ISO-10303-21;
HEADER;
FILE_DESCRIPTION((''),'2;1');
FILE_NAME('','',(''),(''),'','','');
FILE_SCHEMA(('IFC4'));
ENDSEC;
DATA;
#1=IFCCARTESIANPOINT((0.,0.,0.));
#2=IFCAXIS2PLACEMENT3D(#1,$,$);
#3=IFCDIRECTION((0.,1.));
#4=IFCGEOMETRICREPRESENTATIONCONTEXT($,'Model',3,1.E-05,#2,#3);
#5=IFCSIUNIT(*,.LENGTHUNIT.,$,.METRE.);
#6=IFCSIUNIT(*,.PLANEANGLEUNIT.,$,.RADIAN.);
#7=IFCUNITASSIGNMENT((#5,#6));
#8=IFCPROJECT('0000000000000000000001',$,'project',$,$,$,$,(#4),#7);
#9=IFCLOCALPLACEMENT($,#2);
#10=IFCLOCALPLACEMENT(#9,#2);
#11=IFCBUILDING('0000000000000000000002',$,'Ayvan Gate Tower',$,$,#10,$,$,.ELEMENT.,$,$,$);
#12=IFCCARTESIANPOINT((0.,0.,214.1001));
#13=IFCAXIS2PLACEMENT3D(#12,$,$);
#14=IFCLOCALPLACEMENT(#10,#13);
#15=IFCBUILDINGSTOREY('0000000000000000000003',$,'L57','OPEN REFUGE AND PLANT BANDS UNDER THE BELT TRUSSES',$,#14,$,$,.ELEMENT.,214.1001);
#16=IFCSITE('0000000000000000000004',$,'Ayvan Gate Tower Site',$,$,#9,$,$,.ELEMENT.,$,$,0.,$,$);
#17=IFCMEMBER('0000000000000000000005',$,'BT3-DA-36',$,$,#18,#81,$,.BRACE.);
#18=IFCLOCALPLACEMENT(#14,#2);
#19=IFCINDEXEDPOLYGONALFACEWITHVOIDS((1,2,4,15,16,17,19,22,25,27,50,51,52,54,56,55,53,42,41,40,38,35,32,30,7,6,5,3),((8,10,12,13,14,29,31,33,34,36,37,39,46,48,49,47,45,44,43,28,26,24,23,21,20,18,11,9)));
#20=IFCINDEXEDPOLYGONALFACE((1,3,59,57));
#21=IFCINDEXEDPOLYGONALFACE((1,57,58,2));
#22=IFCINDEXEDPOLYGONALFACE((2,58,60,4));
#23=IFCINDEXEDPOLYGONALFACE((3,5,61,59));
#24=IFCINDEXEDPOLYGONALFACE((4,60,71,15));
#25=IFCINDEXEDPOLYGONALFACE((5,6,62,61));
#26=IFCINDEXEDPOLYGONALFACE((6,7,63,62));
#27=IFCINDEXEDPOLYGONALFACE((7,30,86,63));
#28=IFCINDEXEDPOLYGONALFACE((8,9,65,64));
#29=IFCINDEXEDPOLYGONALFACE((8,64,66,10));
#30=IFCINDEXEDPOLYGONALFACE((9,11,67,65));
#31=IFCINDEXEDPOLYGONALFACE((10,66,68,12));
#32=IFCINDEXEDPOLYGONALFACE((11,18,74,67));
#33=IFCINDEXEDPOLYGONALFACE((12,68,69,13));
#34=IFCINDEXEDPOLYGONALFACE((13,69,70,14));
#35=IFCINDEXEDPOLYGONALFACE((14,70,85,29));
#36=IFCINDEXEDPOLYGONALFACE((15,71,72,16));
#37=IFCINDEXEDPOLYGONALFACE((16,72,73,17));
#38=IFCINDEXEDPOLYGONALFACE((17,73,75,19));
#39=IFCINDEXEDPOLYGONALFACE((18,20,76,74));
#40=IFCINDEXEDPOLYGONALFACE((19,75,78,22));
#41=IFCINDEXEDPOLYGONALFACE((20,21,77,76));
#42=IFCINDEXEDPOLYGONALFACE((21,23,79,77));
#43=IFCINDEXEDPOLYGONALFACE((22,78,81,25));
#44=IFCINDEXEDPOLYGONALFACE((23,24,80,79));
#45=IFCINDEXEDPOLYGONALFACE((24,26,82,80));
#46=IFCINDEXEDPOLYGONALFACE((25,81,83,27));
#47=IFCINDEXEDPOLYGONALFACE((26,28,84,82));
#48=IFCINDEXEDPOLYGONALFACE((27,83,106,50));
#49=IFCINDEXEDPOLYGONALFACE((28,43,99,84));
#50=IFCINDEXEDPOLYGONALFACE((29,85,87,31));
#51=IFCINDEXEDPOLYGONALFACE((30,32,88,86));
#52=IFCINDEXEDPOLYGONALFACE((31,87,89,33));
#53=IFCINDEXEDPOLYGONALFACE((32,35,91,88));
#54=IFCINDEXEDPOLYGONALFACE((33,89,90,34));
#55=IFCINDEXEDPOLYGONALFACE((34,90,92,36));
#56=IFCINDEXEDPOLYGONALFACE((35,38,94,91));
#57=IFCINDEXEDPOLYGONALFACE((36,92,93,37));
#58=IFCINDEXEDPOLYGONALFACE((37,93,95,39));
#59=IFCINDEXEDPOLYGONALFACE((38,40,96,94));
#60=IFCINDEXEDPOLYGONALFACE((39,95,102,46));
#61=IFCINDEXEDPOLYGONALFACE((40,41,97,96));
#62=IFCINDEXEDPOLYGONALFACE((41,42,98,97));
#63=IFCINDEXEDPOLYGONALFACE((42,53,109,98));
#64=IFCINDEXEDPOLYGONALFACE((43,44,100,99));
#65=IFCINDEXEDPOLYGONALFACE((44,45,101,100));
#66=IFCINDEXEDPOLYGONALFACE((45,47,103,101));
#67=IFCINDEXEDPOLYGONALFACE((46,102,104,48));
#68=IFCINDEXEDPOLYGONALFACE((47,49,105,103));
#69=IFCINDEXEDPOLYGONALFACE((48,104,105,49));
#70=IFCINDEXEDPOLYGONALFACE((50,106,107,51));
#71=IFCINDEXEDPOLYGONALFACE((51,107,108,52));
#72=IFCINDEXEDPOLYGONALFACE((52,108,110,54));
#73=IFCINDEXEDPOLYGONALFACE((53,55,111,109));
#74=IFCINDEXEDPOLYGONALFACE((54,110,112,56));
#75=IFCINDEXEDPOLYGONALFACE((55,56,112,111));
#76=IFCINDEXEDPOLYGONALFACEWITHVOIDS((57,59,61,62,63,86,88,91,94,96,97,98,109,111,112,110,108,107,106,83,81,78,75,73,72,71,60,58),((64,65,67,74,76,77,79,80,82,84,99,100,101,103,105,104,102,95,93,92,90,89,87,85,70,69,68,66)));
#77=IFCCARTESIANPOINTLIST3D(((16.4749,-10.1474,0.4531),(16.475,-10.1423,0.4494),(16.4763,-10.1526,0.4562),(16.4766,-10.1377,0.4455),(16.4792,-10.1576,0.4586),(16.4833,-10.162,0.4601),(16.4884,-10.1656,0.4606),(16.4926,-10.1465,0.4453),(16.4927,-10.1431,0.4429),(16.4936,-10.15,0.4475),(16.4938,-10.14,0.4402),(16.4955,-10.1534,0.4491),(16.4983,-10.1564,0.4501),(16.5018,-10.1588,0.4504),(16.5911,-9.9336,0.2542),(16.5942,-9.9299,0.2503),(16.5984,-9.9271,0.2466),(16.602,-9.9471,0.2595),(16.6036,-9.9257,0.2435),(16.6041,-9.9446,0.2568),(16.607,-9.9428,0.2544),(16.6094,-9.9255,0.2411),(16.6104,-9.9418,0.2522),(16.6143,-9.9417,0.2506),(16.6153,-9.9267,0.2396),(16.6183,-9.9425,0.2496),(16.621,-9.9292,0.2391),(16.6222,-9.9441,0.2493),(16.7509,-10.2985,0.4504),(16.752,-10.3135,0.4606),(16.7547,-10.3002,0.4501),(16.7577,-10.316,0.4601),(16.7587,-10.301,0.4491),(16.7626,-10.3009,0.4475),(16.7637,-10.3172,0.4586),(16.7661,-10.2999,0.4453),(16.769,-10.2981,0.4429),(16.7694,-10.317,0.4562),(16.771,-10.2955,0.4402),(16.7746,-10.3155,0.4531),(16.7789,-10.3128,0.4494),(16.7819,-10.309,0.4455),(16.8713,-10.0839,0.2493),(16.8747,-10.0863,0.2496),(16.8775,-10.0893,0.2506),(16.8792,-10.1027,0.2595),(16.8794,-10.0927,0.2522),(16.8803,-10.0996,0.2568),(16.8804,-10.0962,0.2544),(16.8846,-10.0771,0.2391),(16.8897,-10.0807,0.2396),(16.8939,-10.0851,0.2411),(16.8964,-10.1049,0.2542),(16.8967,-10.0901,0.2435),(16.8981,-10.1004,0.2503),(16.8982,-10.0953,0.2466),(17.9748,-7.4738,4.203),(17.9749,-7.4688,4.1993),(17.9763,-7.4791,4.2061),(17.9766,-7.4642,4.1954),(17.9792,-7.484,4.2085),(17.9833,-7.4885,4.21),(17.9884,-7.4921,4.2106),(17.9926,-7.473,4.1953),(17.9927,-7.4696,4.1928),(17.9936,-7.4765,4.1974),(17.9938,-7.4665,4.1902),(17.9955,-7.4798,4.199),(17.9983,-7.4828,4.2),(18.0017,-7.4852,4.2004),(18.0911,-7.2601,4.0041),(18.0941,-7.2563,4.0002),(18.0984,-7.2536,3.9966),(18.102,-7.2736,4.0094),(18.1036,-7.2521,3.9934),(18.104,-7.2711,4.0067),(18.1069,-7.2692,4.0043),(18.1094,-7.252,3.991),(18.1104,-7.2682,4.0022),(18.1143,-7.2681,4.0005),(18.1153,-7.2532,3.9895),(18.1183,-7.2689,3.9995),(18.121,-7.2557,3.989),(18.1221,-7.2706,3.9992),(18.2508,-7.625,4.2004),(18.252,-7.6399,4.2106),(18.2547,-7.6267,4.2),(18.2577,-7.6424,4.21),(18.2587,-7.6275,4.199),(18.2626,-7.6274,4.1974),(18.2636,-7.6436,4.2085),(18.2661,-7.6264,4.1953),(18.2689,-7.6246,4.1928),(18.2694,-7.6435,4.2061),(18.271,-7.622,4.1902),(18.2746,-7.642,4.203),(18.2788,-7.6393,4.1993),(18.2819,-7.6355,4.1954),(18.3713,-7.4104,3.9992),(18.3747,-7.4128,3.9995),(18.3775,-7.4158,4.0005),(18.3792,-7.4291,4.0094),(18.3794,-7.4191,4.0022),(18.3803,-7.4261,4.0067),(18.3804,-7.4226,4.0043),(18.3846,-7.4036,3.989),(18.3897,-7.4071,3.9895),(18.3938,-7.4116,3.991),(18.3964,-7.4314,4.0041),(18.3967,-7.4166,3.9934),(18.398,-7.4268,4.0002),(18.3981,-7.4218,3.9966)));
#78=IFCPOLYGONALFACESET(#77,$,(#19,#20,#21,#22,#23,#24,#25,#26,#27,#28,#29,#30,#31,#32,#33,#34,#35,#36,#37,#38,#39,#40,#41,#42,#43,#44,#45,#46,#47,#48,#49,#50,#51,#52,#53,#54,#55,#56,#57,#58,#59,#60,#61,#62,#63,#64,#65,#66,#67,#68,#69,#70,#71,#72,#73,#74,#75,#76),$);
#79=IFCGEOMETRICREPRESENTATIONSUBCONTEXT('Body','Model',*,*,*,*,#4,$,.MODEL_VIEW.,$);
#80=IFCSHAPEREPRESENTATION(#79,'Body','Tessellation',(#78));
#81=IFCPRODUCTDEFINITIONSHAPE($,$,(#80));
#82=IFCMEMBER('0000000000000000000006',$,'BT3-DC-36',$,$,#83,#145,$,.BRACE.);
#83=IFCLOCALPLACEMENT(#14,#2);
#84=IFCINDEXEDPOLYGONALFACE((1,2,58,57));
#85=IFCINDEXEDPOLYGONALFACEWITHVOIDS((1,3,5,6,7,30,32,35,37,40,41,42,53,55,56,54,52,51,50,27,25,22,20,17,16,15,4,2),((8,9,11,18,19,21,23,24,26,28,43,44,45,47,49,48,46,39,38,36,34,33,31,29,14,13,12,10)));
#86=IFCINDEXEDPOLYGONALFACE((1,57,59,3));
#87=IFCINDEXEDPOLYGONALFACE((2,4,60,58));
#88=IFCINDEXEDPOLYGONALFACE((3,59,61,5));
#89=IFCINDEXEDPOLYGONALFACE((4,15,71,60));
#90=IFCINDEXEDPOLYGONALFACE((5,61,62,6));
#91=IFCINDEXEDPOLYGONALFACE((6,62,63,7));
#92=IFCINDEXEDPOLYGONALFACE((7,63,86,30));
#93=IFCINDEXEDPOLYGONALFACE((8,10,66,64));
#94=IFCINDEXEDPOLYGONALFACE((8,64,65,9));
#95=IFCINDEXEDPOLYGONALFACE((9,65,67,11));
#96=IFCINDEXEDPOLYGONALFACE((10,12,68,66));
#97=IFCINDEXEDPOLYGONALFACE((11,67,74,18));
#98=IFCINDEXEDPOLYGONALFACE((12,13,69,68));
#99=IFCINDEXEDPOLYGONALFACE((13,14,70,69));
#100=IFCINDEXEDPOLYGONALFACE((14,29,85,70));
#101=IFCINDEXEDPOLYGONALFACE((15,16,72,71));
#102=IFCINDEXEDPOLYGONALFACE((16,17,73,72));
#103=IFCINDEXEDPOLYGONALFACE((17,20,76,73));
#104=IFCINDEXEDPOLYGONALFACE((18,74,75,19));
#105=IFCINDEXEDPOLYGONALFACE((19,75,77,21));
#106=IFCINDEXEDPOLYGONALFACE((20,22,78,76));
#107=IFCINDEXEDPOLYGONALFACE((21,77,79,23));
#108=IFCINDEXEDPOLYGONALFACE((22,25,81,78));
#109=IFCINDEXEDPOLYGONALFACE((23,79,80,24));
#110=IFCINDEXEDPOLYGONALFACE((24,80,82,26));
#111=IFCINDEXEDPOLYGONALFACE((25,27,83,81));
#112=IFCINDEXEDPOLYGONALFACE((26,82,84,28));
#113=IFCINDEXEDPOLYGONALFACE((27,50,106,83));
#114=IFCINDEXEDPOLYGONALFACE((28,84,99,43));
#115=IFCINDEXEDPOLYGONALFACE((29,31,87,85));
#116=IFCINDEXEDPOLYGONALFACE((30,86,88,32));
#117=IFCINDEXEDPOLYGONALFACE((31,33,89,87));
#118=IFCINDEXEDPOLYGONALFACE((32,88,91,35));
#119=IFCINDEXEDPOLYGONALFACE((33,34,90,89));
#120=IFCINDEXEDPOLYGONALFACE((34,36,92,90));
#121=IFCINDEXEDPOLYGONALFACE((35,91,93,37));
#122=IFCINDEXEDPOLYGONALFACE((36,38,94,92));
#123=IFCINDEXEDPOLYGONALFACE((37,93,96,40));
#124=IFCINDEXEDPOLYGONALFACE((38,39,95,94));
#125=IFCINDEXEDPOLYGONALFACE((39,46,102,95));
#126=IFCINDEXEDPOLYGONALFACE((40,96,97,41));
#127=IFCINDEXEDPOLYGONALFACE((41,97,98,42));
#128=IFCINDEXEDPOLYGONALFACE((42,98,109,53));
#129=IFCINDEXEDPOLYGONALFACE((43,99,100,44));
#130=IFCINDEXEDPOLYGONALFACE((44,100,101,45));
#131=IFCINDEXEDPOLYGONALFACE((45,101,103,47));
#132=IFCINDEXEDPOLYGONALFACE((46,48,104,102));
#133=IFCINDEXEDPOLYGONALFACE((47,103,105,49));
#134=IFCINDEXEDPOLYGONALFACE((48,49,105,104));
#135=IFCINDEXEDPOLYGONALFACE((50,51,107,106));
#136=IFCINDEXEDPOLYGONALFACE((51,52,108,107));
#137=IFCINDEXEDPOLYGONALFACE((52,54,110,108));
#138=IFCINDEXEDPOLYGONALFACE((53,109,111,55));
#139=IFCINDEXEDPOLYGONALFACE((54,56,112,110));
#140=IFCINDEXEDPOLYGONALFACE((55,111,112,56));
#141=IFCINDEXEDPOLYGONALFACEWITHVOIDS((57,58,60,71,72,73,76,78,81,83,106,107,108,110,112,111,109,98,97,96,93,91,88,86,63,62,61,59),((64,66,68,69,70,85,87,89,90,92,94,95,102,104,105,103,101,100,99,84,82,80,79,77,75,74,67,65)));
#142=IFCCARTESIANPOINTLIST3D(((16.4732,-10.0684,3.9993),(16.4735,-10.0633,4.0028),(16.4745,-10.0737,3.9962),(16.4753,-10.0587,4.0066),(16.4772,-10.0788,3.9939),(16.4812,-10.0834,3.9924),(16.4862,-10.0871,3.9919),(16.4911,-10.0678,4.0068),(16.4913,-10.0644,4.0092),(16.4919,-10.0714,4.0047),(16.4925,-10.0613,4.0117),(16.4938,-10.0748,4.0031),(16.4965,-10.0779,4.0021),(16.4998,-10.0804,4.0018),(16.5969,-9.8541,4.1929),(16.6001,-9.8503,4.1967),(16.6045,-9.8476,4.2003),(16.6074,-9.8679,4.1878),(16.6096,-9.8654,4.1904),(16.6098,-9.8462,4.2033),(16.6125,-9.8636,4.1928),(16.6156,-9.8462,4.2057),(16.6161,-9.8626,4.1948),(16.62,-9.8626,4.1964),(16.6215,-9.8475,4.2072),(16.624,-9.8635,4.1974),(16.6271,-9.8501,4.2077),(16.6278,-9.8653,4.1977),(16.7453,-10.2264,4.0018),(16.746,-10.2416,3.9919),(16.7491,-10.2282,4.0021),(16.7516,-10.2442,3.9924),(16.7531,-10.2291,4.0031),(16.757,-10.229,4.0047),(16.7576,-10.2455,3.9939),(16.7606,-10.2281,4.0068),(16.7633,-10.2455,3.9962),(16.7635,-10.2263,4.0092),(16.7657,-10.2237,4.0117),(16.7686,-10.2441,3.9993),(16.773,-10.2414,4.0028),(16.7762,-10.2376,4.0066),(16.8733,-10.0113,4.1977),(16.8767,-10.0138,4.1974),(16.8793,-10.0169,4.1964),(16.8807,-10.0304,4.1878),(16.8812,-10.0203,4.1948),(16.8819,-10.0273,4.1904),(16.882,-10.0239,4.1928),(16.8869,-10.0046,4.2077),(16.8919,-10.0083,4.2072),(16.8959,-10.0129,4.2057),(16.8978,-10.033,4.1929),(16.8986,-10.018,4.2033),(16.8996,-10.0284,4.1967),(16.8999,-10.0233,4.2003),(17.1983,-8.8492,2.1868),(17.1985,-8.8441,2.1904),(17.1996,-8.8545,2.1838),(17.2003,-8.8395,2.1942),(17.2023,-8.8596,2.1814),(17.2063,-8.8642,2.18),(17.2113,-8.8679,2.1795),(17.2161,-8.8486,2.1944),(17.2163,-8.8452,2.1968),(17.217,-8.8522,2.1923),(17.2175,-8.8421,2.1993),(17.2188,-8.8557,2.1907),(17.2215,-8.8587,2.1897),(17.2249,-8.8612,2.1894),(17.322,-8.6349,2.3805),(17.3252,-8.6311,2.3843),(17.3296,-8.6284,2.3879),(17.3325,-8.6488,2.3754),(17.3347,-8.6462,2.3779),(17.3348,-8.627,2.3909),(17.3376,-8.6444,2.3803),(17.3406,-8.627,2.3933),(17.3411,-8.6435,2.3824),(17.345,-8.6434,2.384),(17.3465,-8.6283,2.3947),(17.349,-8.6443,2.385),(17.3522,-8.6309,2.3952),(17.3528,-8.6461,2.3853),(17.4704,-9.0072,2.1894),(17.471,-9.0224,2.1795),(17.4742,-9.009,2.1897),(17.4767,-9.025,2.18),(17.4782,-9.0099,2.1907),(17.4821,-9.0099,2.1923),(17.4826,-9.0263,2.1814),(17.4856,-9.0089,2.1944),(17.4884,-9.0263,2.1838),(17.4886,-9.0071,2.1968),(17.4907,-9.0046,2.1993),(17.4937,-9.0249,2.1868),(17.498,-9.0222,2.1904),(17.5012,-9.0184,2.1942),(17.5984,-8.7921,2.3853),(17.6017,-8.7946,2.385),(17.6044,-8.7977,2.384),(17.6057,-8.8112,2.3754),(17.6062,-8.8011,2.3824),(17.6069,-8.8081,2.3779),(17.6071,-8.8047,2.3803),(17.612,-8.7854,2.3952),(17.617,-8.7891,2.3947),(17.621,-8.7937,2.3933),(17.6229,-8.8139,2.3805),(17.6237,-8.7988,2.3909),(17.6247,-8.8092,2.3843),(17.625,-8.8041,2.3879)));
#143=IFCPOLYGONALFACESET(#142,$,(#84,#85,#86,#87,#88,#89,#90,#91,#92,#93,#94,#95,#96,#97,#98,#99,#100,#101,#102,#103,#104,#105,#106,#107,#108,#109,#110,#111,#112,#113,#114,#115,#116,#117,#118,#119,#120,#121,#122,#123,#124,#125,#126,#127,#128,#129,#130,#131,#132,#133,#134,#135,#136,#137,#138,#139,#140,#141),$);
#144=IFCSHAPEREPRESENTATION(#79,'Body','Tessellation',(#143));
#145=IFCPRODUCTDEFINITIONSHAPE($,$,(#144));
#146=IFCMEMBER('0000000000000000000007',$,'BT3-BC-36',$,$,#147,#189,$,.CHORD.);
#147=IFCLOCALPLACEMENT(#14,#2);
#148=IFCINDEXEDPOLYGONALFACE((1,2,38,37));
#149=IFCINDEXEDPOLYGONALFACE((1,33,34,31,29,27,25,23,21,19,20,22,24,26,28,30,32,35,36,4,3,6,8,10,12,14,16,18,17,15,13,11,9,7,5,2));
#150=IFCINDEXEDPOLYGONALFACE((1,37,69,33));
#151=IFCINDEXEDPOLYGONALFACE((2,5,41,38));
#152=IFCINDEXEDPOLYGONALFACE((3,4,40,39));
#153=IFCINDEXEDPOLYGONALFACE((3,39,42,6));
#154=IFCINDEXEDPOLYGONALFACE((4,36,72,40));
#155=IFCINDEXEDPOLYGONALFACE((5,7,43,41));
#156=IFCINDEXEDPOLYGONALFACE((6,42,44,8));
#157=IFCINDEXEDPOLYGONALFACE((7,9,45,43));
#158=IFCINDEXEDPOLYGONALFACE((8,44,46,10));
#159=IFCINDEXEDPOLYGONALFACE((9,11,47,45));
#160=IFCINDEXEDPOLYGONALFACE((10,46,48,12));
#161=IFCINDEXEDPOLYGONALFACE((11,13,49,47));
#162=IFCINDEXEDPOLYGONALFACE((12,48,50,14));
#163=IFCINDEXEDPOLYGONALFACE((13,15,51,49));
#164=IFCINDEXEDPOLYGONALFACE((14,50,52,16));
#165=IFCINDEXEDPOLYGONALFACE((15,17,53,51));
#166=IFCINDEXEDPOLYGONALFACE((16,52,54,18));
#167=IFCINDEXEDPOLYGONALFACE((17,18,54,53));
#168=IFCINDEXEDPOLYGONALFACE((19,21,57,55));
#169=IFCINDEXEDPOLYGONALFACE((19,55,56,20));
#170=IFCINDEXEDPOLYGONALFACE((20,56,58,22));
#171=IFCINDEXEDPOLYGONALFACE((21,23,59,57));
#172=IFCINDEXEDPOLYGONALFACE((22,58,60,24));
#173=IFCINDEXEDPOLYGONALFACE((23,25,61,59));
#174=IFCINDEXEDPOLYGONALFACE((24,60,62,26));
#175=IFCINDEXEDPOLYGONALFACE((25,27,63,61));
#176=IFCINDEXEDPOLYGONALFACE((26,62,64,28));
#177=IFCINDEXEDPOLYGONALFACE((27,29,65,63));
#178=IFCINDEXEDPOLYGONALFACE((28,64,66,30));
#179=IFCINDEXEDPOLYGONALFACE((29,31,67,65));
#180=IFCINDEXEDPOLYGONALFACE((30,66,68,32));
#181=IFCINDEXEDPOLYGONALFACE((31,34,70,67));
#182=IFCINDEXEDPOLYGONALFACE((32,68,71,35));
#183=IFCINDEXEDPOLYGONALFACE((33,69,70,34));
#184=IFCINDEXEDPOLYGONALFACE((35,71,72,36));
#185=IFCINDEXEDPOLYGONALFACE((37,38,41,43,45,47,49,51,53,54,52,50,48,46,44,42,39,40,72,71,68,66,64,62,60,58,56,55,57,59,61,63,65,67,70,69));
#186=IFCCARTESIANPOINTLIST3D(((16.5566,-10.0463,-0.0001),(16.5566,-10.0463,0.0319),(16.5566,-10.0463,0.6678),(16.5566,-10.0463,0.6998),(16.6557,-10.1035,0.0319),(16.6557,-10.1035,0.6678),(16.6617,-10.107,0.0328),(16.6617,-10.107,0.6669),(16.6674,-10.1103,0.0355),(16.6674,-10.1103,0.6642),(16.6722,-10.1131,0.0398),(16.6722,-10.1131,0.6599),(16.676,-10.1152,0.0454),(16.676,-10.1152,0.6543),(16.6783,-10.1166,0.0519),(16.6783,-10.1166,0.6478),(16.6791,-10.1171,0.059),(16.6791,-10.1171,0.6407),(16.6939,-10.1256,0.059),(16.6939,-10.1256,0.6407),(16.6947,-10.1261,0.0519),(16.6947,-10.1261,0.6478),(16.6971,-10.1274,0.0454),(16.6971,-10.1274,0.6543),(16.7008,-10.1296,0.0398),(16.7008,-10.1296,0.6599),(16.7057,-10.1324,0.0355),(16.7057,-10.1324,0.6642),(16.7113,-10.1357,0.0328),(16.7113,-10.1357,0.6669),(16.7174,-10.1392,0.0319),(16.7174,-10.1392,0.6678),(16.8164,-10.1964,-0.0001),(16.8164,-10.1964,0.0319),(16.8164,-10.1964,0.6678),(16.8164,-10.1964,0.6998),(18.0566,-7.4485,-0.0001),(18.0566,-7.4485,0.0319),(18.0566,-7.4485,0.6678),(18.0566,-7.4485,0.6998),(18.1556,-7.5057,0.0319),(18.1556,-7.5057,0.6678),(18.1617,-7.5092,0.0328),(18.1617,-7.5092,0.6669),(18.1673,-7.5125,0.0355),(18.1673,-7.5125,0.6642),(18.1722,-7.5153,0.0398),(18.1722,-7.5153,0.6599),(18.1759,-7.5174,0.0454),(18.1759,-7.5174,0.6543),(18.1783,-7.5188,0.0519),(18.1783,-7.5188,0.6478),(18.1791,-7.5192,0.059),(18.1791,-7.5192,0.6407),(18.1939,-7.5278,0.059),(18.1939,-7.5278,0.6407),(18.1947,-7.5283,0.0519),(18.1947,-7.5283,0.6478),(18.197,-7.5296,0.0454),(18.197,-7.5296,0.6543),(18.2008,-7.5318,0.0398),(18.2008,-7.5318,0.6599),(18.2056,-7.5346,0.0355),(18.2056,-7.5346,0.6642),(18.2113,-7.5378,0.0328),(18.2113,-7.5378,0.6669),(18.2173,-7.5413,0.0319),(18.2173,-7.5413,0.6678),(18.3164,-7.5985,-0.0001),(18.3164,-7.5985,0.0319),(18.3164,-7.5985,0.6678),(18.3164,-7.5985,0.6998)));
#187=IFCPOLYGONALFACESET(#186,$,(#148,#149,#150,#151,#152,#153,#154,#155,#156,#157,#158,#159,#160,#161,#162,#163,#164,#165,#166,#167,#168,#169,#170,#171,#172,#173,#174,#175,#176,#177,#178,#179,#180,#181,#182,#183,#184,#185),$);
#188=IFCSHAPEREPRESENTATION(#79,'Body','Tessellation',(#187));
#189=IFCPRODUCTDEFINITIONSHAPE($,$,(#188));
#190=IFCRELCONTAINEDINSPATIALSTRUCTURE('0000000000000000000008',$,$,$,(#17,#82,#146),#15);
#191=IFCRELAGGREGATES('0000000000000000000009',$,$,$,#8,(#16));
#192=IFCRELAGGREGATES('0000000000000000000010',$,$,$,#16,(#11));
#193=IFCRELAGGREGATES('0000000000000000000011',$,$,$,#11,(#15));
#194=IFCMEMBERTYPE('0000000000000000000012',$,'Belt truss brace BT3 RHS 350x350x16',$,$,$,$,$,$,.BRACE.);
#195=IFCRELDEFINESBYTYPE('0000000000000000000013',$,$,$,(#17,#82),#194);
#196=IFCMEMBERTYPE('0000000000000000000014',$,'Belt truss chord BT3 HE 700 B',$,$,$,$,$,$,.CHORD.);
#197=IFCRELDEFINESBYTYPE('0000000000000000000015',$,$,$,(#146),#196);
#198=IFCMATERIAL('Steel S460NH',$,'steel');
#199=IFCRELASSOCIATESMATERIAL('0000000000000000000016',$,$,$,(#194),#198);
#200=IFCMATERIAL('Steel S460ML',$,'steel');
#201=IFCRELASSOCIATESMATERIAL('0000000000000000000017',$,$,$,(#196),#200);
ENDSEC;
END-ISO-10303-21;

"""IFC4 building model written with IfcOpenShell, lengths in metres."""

from ifc_helpers import new_model, si_unit, direction, frame, origin, origin_2d, place, context, subcontext, project, spatial, hollow_rectangle, i_section, extrude, material, material_profile, profile_set, type_object, element, save


model = new_model("IFC4")

# Units and contexts
model_context = context("Model", 3, precision=1e-05, world=origin(), true_north=direction((0.0, 1.0)))
body_context = subcontext(model_context, "Body", "Model", "MODEL_VIEW")
ifc_project = project(units=[si_unit("LENGTHUNIT", "METRE"), si_unit("PLANEANGLEUNIT", "RADIAN")], contexts=[model_context])

# Site, building, storey
site_placement = place(None, origin())
site = spatial("IfcSite", under=ifc_project, at=site_placement, Name="Ayvan Gate Tower Site", CompositionType="ELEMENT", RefElevation=0.0)
building_placement = place(site_placement, origin())
building = spatial("IfcBuilding", under=site, at=building_placement, Name="Ayvan Gate Tower", CompositionType="ELEMENT")
storey_placement = place(building_placement, frame((0.0, 0.0, 214.1001)))
storey = spatial("IfcBuildingStorey", under=building, at=storey_placement, Name="L57", Description="OPEN REFUGE AND PLANT BANDS UNDER THE BELT TRUSSES", CompositionType="ELEMENT", Elevation=214.1001)

# Members
ifc_material_1 = material(Name="Steel S460NH", Category="steel")
ifc_material_profile_1 = material_profile(ifc_material_1, hollow_rectangle(XDim=0.3501, YDim=0.3501, WallThickness=0.0161, InnerFilletRadius=0.0161, OuterFilletRadius=0.0239, at=origin_2d()), Name="RHS 350x350x16")
ifc_profile_set_1 = profile_set([ifc_material_profile_1], Name="Steel S460NH")
member_type_1 = type_object("IfcMemberType", Name="Belt truss brace BT3 RHS 350x350x16", PredefinedType="BRACE", material=ifc_profile_set_1)
member_1_placement = place(storey_placement, frame((16.6865, -10.1213, 0.3499), z_axis=(0.309686, 0.551982, 0.774216), x_axis=(-0.872117, 0.489297, 0.0)))
element("IfcMember", 1, at=member_1_placement, inside=storey, type_object=member_type_1, Name="BT3-DA-36", PredefinedType="BRACE", context=body_context, shape_type="SweptSolid", body=[
    extrude(hollow_rectangle(XDim=0.3501, YDim=0.3501, WallThickness=0.0161, InnerFilletRadius=0.0161, OuterFilletRadius=0.0239, at=origin_2d()), origin(), (0.0, 0.0, 1.0), 4.8435),
])
member_2_placement = place(storey_placement, frame((17.4116, -8.8267, 2.2874), z_axis=(-0.315038, -0.52973, 0.787488), x_axis=(0.859491, -0.511151, 0.0)))
element("IfcMember", 2, at=member_2_placement, inside=storey, type_object=member_type_1, Name="BT3-DC-36", PredefinedType="BRACE", context=body_context, shape_type="SweptSolid", body=[
    extrude(hollow_rectangle(XDim=0.3501, YDim=0.3501, WallThickness=0.0161, InnerFilletRadius=0.0161, OuterFilletRadius=0.0239, at=origin_2d()), origin(), (0.0, 0.0, 1.0), 2.3015),
])
ifc_material_2 = material(Name="Steel S460ML", Category="steel")
ifc_material_profile_2 = material_profile(ifc_material_2, i_section(OverallWidth=0.3, OverallDepth=0.7, WebThickness=0.0171, FlangeThickness=0.032, FilletRadius=0.0271, at=origin_2d()), Name="HE 700 B")
ifc_profile_set_2 = profile_set([ifc_material_profile_2], Name="Steel S460ML")
member_type_2 = type_object("IfcMemberType", Name="Belt truss chord BT3 HE 700 B", PredefinedType="CHORD", material=ifc_profile_set_2)
member_3_placement = place(storey_placement, frame((16.6865, -10.1213, 0.3499), z_axis=(0.500025, 0.866011, 0.0), x_axis=(-0.866011, 0.500025, 0.0)))
element("IfcMember", 3, at=member_3_placement, inside=storey, type_object=member_type_2, Name="BT3-BC-36", PredefinedType="CHORD", context=body_context, shape_type="SweptSolid", body=[
    extrude(i_section(OverallWidth=0.3, OverallDepth=0.7, WebThickness=0.0171, FlangeThickness=0.032, FilletRadius=0.0271, at=origin_2d()), origin(), (0.0, 0.0, 1.0), 2.9998),
])

save(model, "model.ifc")
